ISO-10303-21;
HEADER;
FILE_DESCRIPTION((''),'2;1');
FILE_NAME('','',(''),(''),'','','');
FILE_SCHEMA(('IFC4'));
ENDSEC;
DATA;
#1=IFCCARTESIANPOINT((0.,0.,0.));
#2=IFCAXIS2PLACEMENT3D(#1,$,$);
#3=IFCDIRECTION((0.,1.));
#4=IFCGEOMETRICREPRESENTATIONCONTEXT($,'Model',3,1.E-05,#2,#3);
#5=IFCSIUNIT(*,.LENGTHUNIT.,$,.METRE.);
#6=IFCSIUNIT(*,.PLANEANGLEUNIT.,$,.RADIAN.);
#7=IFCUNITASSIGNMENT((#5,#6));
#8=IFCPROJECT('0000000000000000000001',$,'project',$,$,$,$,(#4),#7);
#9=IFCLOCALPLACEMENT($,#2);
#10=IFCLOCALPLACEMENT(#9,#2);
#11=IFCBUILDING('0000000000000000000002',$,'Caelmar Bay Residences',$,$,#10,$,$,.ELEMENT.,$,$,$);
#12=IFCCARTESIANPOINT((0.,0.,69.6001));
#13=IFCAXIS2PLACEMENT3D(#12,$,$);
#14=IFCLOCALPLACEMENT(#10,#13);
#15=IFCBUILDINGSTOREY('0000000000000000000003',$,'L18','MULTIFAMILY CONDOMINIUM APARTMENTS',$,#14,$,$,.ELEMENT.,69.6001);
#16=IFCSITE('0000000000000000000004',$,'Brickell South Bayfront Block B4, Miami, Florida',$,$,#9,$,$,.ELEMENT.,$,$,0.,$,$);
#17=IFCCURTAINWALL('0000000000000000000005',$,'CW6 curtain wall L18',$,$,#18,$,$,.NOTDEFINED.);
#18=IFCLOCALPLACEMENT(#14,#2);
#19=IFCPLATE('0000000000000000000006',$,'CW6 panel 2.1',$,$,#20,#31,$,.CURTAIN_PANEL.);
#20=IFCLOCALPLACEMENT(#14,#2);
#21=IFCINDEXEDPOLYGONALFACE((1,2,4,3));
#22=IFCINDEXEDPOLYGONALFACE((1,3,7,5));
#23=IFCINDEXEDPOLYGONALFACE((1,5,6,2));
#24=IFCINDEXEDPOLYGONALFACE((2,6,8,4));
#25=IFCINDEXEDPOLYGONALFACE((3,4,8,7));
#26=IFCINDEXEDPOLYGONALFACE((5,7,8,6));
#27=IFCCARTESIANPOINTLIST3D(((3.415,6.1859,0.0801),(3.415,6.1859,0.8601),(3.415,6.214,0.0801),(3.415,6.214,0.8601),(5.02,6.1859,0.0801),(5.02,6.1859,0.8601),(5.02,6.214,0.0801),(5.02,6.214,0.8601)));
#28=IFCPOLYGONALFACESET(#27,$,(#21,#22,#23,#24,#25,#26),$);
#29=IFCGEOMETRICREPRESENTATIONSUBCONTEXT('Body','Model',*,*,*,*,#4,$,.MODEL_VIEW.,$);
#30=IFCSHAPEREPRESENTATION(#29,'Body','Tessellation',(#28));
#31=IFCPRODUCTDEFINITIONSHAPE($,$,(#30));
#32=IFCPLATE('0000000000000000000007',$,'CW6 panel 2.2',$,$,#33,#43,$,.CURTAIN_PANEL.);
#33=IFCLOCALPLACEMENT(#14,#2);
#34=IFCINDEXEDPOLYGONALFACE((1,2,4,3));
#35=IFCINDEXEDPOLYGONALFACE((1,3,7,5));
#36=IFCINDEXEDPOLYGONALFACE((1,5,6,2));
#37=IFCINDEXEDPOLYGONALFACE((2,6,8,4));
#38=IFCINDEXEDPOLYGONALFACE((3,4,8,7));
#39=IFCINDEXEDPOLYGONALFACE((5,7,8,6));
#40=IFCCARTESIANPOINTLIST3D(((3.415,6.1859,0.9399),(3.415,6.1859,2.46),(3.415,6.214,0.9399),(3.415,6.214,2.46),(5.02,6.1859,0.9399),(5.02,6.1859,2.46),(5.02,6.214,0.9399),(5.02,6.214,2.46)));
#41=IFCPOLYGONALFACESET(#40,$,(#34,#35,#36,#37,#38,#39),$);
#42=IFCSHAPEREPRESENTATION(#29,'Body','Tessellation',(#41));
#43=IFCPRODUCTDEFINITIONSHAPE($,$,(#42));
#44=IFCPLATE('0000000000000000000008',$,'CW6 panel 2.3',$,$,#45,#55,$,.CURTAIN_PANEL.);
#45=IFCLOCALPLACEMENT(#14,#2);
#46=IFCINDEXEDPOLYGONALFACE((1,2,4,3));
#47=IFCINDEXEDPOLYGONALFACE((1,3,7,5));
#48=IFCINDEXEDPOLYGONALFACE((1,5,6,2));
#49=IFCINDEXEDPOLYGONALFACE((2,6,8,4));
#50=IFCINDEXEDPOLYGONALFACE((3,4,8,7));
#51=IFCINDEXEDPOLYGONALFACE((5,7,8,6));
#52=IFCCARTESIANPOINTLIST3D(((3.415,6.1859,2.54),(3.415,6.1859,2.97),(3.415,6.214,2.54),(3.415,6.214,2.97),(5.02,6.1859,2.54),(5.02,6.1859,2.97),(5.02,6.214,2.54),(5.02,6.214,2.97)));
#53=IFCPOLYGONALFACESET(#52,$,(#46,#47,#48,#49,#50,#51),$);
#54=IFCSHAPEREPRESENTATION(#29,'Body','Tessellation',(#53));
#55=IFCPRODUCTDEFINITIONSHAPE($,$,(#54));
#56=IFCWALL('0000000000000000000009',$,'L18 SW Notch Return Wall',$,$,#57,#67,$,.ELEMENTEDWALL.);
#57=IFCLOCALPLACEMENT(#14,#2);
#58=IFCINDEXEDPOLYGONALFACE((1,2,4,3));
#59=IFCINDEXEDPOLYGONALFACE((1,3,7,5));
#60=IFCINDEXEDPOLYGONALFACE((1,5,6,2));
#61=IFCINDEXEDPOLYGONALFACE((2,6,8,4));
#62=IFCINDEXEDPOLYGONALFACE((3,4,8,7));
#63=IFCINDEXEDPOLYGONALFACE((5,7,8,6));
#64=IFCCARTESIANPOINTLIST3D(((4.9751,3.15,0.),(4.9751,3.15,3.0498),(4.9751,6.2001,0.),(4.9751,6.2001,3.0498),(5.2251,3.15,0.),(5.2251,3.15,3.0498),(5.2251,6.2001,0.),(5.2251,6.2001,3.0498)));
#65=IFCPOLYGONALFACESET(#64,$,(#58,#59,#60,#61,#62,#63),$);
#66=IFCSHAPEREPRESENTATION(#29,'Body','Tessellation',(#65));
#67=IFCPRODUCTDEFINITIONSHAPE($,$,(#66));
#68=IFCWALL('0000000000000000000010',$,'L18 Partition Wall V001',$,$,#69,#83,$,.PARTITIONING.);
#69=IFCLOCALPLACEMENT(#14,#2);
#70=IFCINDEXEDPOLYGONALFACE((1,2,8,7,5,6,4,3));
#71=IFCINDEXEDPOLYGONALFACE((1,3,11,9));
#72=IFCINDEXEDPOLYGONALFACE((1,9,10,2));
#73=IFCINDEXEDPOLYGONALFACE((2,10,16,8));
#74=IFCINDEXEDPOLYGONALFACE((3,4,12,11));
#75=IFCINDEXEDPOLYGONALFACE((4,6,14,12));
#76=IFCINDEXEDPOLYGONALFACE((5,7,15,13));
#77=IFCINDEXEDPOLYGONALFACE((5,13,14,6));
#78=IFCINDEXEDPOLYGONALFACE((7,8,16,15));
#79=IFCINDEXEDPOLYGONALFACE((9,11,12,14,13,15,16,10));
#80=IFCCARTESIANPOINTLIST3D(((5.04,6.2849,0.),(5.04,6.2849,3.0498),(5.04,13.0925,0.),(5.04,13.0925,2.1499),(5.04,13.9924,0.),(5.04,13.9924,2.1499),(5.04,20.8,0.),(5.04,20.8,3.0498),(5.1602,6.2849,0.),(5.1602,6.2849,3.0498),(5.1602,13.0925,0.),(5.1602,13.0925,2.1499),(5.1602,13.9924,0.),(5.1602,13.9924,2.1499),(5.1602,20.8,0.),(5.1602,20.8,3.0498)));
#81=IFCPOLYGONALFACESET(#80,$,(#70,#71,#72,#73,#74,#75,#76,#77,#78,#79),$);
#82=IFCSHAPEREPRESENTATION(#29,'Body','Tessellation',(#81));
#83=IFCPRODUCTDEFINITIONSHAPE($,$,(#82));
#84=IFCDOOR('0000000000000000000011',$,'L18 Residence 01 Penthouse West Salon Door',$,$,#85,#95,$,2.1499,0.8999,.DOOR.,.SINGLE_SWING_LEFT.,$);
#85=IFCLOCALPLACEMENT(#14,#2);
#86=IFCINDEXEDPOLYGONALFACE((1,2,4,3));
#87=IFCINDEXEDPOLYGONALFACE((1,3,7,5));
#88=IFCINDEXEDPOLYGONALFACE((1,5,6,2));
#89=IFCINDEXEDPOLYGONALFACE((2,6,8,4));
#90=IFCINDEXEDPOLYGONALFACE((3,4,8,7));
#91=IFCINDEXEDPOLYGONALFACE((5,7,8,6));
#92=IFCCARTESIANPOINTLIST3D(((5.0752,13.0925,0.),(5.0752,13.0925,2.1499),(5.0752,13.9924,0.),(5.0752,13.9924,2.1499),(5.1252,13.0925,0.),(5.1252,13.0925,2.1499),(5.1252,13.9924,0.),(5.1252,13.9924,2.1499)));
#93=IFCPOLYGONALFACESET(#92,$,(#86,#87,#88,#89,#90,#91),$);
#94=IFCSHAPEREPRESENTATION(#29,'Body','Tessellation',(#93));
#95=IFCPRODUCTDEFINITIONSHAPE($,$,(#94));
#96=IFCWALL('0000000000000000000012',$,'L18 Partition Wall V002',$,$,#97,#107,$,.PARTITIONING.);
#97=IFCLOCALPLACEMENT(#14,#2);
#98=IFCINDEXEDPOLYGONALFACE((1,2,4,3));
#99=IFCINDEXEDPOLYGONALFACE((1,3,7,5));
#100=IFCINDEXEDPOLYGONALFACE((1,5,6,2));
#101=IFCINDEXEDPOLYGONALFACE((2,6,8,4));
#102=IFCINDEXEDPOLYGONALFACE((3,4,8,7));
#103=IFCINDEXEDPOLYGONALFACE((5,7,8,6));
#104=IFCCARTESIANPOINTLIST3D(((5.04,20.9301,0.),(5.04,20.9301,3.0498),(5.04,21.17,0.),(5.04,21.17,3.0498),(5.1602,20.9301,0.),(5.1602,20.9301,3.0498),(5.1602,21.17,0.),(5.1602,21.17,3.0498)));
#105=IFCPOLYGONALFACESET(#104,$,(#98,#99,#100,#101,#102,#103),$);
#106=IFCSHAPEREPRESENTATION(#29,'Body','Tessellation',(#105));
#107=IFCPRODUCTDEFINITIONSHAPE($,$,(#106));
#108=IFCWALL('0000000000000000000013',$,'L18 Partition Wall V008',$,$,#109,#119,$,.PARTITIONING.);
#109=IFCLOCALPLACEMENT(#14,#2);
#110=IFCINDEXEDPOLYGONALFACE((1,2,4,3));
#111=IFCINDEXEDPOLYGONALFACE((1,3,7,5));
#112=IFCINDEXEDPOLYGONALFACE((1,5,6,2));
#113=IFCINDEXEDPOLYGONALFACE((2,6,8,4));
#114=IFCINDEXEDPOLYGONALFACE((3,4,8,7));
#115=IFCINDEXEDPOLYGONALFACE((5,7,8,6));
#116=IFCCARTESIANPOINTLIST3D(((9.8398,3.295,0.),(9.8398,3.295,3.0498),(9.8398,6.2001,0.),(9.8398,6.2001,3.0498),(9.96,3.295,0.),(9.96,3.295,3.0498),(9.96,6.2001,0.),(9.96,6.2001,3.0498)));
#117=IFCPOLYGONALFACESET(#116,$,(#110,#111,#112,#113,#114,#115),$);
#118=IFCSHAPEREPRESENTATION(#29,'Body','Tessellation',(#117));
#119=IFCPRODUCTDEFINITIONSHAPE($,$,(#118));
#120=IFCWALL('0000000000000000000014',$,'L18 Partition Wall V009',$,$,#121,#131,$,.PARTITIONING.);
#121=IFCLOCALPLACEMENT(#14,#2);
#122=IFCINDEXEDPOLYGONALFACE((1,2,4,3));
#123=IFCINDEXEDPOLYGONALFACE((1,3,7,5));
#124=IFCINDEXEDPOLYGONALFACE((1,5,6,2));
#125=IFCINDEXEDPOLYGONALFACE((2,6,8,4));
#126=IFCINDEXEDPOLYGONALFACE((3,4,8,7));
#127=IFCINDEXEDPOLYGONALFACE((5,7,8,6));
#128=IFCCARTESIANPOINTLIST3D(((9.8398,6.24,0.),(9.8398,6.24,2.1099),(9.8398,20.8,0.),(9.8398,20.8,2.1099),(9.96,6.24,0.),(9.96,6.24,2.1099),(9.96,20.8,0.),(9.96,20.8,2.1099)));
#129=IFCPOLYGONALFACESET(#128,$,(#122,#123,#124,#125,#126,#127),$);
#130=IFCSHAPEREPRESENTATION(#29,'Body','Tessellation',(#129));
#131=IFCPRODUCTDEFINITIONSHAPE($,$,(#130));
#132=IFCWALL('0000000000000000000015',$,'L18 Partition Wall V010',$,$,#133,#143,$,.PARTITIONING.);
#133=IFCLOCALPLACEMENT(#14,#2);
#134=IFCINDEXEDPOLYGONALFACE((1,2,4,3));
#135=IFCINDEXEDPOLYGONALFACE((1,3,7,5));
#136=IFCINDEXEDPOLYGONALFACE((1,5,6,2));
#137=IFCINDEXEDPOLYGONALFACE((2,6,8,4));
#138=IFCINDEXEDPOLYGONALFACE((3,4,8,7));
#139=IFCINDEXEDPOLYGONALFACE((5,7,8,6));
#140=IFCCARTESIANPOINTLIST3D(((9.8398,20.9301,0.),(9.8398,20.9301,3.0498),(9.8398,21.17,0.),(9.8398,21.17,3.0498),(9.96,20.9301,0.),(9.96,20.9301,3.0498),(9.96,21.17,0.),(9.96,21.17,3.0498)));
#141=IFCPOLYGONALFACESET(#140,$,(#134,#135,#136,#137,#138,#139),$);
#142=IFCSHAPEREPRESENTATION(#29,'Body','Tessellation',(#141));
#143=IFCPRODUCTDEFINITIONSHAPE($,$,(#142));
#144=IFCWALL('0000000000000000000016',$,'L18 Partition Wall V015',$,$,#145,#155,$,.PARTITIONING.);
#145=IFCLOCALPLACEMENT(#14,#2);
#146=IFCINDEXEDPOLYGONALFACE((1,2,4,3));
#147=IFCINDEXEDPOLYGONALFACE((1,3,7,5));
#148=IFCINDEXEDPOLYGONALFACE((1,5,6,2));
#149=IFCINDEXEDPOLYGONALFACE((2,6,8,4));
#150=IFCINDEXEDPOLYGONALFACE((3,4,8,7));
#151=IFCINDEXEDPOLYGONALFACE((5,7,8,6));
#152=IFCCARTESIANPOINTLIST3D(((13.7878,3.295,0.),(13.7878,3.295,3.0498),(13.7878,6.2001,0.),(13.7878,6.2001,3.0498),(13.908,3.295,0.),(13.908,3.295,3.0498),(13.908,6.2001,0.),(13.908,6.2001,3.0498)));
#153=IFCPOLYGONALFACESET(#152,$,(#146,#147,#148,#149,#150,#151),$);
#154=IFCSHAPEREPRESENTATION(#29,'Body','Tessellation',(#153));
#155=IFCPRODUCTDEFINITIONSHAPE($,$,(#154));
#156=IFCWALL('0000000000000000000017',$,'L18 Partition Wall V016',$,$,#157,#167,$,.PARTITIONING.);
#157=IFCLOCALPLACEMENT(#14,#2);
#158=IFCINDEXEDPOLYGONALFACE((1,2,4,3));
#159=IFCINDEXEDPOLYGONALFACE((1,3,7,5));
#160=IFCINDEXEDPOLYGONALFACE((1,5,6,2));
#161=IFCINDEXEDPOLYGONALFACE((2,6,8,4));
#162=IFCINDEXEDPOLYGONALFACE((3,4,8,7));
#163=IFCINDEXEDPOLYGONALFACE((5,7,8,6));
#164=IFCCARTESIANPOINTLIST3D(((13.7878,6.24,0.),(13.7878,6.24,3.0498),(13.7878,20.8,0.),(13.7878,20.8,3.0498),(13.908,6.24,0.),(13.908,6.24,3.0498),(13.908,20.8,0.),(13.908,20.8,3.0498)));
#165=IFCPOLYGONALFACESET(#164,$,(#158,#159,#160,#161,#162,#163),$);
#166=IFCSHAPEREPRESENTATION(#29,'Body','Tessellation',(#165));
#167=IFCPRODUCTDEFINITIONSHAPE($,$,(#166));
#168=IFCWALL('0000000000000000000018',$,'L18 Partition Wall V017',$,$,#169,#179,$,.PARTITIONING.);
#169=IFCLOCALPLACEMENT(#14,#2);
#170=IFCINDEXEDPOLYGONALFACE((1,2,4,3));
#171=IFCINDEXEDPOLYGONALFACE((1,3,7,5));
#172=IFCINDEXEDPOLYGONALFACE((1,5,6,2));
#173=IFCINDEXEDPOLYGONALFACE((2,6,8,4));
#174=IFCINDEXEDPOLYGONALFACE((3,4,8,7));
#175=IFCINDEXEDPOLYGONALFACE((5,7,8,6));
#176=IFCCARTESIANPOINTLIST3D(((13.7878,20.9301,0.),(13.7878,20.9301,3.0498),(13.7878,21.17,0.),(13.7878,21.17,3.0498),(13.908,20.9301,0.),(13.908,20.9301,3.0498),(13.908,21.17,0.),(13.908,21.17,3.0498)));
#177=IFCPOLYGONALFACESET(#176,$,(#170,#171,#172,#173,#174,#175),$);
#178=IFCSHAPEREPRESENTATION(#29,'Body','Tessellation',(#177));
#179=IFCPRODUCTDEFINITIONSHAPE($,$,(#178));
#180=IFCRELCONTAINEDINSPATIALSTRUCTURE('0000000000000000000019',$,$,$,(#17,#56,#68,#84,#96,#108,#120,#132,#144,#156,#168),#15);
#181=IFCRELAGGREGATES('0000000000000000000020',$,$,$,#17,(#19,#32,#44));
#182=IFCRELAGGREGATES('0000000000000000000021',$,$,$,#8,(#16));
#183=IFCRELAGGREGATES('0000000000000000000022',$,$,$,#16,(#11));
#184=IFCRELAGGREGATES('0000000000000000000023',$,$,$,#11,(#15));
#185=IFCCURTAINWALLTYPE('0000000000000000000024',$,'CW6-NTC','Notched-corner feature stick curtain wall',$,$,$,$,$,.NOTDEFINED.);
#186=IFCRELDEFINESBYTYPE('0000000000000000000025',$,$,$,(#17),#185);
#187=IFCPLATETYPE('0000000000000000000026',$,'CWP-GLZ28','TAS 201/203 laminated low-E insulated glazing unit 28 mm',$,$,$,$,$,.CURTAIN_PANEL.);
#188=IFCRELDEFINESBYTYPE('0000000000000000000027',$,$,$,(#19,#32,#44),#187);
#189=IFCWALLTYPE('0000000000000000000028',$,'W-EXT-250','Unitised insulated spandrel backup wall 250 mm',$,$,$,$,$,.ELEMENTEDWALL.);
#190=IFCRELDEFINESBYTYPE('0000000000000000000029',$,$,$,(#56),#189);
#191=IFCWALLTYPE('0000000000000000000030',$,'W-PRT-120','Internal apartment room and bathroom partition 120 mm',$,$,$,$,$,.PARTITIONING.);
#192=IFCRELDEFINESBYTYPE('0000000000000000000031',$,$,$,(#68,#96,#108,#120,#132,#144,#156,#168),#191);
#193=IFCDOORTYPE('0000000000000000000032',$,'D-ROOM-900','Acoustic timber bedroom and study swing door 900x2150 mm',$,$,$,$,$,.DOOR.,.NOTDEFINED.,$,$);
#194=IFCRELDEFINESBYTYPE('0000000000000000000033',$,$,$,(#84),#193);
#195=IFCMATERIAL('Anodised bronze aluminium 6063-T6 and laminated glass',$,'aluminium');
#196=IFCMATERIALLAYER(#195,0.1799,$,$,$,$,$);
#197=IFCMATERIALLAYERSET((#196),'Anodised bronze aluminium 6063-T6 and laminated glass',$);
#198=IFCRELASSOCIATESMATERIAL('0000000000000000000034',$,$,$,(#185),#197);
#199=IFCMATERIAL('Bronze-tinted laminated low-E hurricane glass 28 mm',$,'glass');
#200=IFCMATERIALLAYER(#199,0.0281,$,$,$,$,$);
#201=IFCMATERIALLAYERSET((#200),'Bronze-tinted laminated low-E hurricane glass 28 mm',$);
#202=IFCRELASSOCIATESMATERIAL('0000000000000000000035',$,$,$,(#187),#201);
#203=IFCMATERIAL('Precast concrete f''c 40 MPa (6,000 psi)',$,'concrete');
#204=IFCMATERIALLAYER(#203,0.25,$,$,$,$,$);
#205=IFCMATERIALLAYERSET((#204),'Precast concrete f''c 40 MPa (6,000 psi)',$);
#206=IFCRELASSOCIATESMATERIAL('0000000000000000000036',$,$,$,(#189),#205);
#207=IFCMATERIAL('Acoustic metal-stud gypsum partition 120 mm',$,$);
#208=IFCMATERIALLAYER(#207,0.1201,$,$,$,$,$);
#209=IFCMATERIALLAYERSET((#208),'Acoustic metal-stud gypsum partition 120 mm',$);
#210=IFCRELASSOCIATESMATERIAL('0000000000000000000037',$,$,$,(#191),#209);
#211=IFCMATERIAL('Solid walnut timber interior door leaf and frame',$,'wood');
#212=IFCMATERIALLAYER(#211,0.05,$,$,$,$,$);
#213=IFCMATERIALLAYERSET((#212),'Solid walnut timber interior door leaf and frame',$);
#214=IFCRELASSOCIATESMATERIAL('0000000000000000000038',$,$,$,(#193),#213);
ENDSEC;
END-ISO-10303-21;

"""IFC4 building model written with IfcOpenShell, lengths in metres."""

from ifc_helpers import new_model, si_unit, direction, frame, frame_2d, origin, origin_2d, place, context, subcontext, project, spatial, rectangle, extrude, material, layer, layer_set, type_object, element, fill, aggregate, save


model = new_model("IFC4")

# Units and contexts
model_context = context("Model", 3, precision=1e-05, world=origin(), true_north=direction((0.0, 1.0)))
body_context = subcontext(model_context, "Body", "Model", "MODEL_VIEW")
ifc_project = project(units=[si_unit("LENGTHUNIT", "METRE"), si_unit("PLANEANGLEUNIT", "RADIAN")], contexts=[model_context])

# Site, building, storey
site_placement = place(None, origin())
site = spatial("IfcSite", under=ifc_project, at=site_placement, Name="Brickell South Bayfront Block B4, Miami, Florida", CompositionType="ELEMENT", RefElevation=0.0)
building_placement = place(site_placement, origin())
building = spatial("IfcBuilding", under=site, at=building_placement, Name="Caelmar Bay Residences", CompositionType="ELEMENT")
storey_placement = place(building_placement, frame((0.0, 0.0, 69.6001)))
storey = spatial("IfcBuildingStorey", under=building, at=storey_placement, Name="L18", Description="MULTIFAMILY CONDOMINIUM APARTMENTS", CompositionType="ELEMENT", Elevation=69.6001)

# Curtain wall, plates
ifc_material_1 = material(Name="Anodised bronze aluminium 6063-T6 and laminated glass", Category="aluminium")
ifc_layer_1 = layer(ifc_material_1, 0.1799)
ifc_layer_set_1 = layer_set([ifc_layer_1], Name="Anodised bronze aluminium 6063-T6 and laminated glass")
curtain_wall_type = type_object("IfcCurtainWallType", Name="CW6-NTC", Description="Notched-corner feature stick curtain wall", PredefinedType="NOTDEFINED", material=ifc_layer_set_1)
curtain_wall_placement = place(storey_placement, origin())
curtain_wall = element("IfcCurtainWall", 1, at=curtain_wall_placement, inside=storey, type_object=curtain_wall_type, Name="CW6 curtain wall L18", PredefinedType="NOTDEFINED")
ifc_material_2 = material(Name="Bronze-tinted laminated low-E hurricane glass 28 mm", Category="glass")
ifc_layer_2 = layer(ifc_material_2, 0.0281)
ifc_layer_set_2 = layer_set([ifc_layer_2], Name="Bronze-tinted laminated low-E hurricane glass 28 mm")
plate_type = type_object("IfcPlateType", Name="CWP-GLZ28", Description="TAS 201/203 laminated low-E insulated glazing unit 28 mm", PredefinedType="CURTAIN_PANEL", material=ifc_layer_set_2)
plate_1_placement = place(storey_placement, frame((4.2175, 6.2, 0.0801), z_axis=(0.0, 0.0, 1.0), x_axis=(1.0, 0.0, 0.0)))
plate_1 = element("IfcPlate", 2, at=plate_1_placement, type_object=plate_type, Name="CW6 panel 2.1", PredefinedType="CURTAIN_PANEL", context=body_context, shape_type="SweptSolid", body=[
    extrude(rectangle(XDim=1.605, YDim=0.0281, at=origin_2d()), origin(), (0.0, 0.0, 1.0), 0.78),
])
plate_2_placement = place(storey_placement, frame((4.2175, 6.2, 0.9399), z_axis=(0.0, 0.0, 1.0), x_axis=(1.0, 0.0, 0.0)))
plate_2 = element("IfcPlate", 3, at=plate_2_placement, type_object=plate_type, Name="CW6 panel 2.2", PredefinedType="CURTAIN_PANEL", context=body_context, shape_type="SweptSolid", body=[
    extrude(rectangle(XDim=1.605, YDim=0.0281, at=origin_2d()), origin(), (0.0, 0.0, 1.0), 1.52),
])
plate_3_placement = place(storey_placement, frame((4.2175, 6.2, 2.54), z_axis=(0.0, 0.0, 1.0), x_axis=(1.0, 0.0, 0.0)))
plate_3 = element("IfcPlate", 4, at=plate_3_placement, type_object=plate_type, Name="CW6 panel 2.3", PredefinedType="CURTAIN_PANEL", context=body_context, shape_type="SweptSolid", body=[
    extrude(rectangle(XDim=1.605, YDim=0.0281, at=origin_2d()), origin(), (0.0, 0.0, 1.0), 0.4299),
])
aggregate(curtain_wall, [plate_1, plate_2, plate_3])

# Wall
ifc_material_3 = material(Name="Precast concrete f'c 40 MPa (6,000 psi)", Category="concrete")
ifc_layer_3 = layer(ifc_material_3, 0.25)
ifc_layer_set_3 = layer_set([ifc_layer_3], Name="Precast concrete f'c 40 MPa (6,000 psi)")
wall_type_1 = type_object("IfcWallType", Name="W-EXT-250", Description="Unitised insulated spandrel backup wall 250 mm", PredefinedType="ELEMENTEDWALL", material=ifc_layer_set_3)
wall_1_placement = place(storey_placement, frame((5.1001, 6.2, 0.0), z_axis=(0.0, 0.0, 1.0), x_axis=(0.0, -1.0, 0.0)))
element("IfcWall", 5, at=wall_1_placement, inside=storey, type_object=wall_type_1, Name="L18 SW Notch Return Wall", PredefinedType="ELEMENTEDWALL", context=body_context, shape_type="SweptSolid", body=[
    extrude(rectangle(XDim=3.05, YDim=0.25, at=frame_2d((1.5249, 0.0))), origin(), (0.0, 0.0, 1.0), 3.0498),
])

# Wall, opening, door
ifc_material_4 = material(Name="Acoustic metal-stud gypsum partition 120 mm")
ifc_layer_4 = layer(ifc_material_4, 0.1201)
ifc_layer_set_4 = layer_set([ifc_layer_4], Name="Acoustic metal-stud gypsum partition 120 mm")
wall_type_2 = type_object("IfcWallType", Name="W-PRT-120", Description="Internal apartment room and bathroom partition 120 mm", PredefinedType="PARTITIONING", material=ifc_layer_set_4)
wall_2_placement = place(storey_placement, frame((5.1001, 6.2849, 0.0), z_axis=(0.0, 0.0, 1.0), x_axis=(0.0, 1.0, 0.0)))
wall_2 = element("IfcWall", 6, at=wall_2_placement, inside=storey, type_object=wall_type_2, Name="L18 Partition Wall V001", PredefinedType="PARTITIONING", context=body_context, shape_type="SweptSolid", body=[
    extrude(rectangle(XDim=14.5151, YDim=0.1201, at=frame_2d((7.2576, 0.0))), origin(), (0.0, 0.0, 1.0), 3.0498),
])
opening_1_placement = place(wall_2_placement, frame((6.8076, 0.0, 0.0)))
opening_1 = element("IfcOpeningElement", 7, at=opening_1_placement, cuts=wall_2, PredefinedType="OPENING", context=body_context, shape_type="SweptSolid", body=[
    extrude(rectangle(XDim=0.8999, YDim=2.1499, at=frame_2d((0.45, 1.075))), frame((0.0, 0.0701, 0.0), z_axis=(0.0, -1.0, 0.0), x_axis=(1.0, 0.0, 0.0)), (0.0, 0.0, 1.0), 0.1401),
])
ifc_material_5 = material(Name="Solid walnut timber interior door leaf and frame", Category="wood")
ifc_layer_5 = layer(ifc_material_5, 0.05)
ifc_layer_set_5 = layer_set([ifc_layer_5], Name="Solid walnut timber interior door leaf and frame")
door_type = type_object("IfcDoorType", Name="D-ROOM-900", Description="Acoustic timber bedroom and study swing door 900x2150 mm", OperationType="NOTDEFINED", PredefinedType="DOOR", material=ifc_layer_set_5)
door_1_placement = place(opening_1_placement, origin())
door_1 = element("IfcDoor", 8, at=door_1_placement, inside=storey, type_object=door_type, Name="L18 Residence 01 Penthouse West Salon Door", OperationType="SINGLE_SWING_LEFT", OverallHeight=2.1499, OverallWidth=0.8999, PredefinedType="DOOR", context=body_context, shape_type="SweptSolid", body=[
    extrude(rectangle(XDim=0.8999, YDim=2.1499, at=frame_2d((0.45, 1.075))), frame((0.0, 0.0249, 0.0), z_axis=(0.0, -1.0, 0.0), x_axis=(1.0, 0.0, 0.0)), (0.0, 0.0, 1.0), 0.05),
])
fill(opening_1, door_1)

# Walls
wall_3_placement = place(storey_placement, frame((5.1001, 20.9299, 0.0), z_axis=(0.0, 0.0, 1.0), x_axis=(0.0, 1.0, 0.0)))
element("IfcWall", 9, at=wall_3_placement, inside=storey, type_object=wall_type_2, Name="L18 Partition Wall V002", PredefinedType="PARTITIONING", context=body_context, shape_type="SweptSolid", body=[
    extrude(rectangle(XDim=0.24, YDim=0.1201, at=frame_2d((0.1201, 0.0))), origin(), (0.0, 0.0, 1.0), 3.0498),
])
wall_4_placement = place(storey_placement, frame((9.8999, 3.2949, 0.0), z_axis=(0.0, 0.0, 1.0), x_axis=(0.0, 1.0, 0.0)))
element("IfcWall", 10, at=wall_4_placement, inside=storey, type_object=wall_type_2, Name="L18 Partition Wall V008", PredefinedType="PARTITIONING", context=body_context, shape_type="SweptSolid", body=[
    extrude(rectangle(XDim=2.905, YDim=0.1201, at=frame_2d((1.4526, 0.0))), origin(), (0.0, 0.0, 1.0), 3.0498),
])
wall_5_placement = place(storey_placement, frame((9.8999, 6.24, 0.0), z_axis=(0.0, 0.0, 1.0), x_axis=(0.0, 1.0, 0.0)))
element("IfcWall", 11, at=wall_5_placement, inside=storey, type_object=wall_type_2, Name="L18 Partition Wall V009", PredefinedType="PARTITIONING", context=body_context, shape_type="SweptSolid", body=[
    extrude(rectangle(XDim=14.5601, YDim=0.1201, at=frame_2d((7.28, 0.0))), origin(), (0.0, 0.0, 1.0), 2.1099),
])
wall_6_placement = place(storey_placement, frame((9.8999, 20.9299, 0.0), z_axis=(0.0, 0.0, 1.0), x_axis=(0.0, 1.0, 0.0)))
element("IfcWall", 12, at=wall_6_placement, inside=storey, type_object=wall_type_2, Name="L18 Partition Wall V010", PredefinedType="PARTITIONING", context=body_context, shape_type="SweptSolid", body=[
    extrude(rectangle(XDim=0.24, YDim=0.1201, at=frame_2d((0.1201, 0.0))), origin(), (0.0, 0.0, 1.0), 3.0498),
])
wall_7_placement = place(storey_placement, frame((13.8479, 3.2949, 0.0), z_axis=(0.0, 0.0, 1.0), x_axis=(0.0, 1.0, 0.0)))
element("IfcWall", 13, at=wall_7_placement, inside=storey, type_object=wall_type_2, Name="L18 Partition Wall V015", PredefinedType="PARTITIONING", context=body_context, shape_type="SweptSolid", body=[
    extrude(rectangle(XDim=2.905, YDim=0.1201, at=frame_2d((1.4526, 0.0))), origin(), (0.0, 0.0, 1.0), 3.0498),
])
wall_8_placement = place(storey_placement, frame((13.8479, 6.24, 0.0), z_axis=(0.0, 0.0, 1.0), x_axis=(0.0, 1.0, 0.0)))
element("IfcWall", 14, at=wall_8_placement, inside=storey, type_object=wall_type_2, Name="L18 Partition Wall V016", PredefinedType="PARTITIONING", context=body_context, shape_type="SweptSolid", body=[
    extrude(rectangle(XDim=14.5601, YDim=0.1201, at=frame_2d((7.28, 0.0))), origin(), (0.0, 0.0, 1.0), 3.0498),
])
wall_9_placement = place(storey_placement, frame((13.8479, 20.9299, 0.0), z_axis=(0.0, 0.0, 1.0), x_axis=(0.0, 1.0, 0.0)))
element("IfcWall", 15, at=wall_9_placement, inside=storey, type_object=wall_type_2, Name="L18 Partition Wall V017", PredefinedType="PARTITIONING", context=body_context, shape_type="SweptSolid", body=[
    extrude(rectangle(XDim=0.24, YDim=0.1201, at=frame_2d((0.1201, 0.0))), origin(), (0.0, 0.0, 1.0), 3.0498),
])

save(model, "model.ifc")
